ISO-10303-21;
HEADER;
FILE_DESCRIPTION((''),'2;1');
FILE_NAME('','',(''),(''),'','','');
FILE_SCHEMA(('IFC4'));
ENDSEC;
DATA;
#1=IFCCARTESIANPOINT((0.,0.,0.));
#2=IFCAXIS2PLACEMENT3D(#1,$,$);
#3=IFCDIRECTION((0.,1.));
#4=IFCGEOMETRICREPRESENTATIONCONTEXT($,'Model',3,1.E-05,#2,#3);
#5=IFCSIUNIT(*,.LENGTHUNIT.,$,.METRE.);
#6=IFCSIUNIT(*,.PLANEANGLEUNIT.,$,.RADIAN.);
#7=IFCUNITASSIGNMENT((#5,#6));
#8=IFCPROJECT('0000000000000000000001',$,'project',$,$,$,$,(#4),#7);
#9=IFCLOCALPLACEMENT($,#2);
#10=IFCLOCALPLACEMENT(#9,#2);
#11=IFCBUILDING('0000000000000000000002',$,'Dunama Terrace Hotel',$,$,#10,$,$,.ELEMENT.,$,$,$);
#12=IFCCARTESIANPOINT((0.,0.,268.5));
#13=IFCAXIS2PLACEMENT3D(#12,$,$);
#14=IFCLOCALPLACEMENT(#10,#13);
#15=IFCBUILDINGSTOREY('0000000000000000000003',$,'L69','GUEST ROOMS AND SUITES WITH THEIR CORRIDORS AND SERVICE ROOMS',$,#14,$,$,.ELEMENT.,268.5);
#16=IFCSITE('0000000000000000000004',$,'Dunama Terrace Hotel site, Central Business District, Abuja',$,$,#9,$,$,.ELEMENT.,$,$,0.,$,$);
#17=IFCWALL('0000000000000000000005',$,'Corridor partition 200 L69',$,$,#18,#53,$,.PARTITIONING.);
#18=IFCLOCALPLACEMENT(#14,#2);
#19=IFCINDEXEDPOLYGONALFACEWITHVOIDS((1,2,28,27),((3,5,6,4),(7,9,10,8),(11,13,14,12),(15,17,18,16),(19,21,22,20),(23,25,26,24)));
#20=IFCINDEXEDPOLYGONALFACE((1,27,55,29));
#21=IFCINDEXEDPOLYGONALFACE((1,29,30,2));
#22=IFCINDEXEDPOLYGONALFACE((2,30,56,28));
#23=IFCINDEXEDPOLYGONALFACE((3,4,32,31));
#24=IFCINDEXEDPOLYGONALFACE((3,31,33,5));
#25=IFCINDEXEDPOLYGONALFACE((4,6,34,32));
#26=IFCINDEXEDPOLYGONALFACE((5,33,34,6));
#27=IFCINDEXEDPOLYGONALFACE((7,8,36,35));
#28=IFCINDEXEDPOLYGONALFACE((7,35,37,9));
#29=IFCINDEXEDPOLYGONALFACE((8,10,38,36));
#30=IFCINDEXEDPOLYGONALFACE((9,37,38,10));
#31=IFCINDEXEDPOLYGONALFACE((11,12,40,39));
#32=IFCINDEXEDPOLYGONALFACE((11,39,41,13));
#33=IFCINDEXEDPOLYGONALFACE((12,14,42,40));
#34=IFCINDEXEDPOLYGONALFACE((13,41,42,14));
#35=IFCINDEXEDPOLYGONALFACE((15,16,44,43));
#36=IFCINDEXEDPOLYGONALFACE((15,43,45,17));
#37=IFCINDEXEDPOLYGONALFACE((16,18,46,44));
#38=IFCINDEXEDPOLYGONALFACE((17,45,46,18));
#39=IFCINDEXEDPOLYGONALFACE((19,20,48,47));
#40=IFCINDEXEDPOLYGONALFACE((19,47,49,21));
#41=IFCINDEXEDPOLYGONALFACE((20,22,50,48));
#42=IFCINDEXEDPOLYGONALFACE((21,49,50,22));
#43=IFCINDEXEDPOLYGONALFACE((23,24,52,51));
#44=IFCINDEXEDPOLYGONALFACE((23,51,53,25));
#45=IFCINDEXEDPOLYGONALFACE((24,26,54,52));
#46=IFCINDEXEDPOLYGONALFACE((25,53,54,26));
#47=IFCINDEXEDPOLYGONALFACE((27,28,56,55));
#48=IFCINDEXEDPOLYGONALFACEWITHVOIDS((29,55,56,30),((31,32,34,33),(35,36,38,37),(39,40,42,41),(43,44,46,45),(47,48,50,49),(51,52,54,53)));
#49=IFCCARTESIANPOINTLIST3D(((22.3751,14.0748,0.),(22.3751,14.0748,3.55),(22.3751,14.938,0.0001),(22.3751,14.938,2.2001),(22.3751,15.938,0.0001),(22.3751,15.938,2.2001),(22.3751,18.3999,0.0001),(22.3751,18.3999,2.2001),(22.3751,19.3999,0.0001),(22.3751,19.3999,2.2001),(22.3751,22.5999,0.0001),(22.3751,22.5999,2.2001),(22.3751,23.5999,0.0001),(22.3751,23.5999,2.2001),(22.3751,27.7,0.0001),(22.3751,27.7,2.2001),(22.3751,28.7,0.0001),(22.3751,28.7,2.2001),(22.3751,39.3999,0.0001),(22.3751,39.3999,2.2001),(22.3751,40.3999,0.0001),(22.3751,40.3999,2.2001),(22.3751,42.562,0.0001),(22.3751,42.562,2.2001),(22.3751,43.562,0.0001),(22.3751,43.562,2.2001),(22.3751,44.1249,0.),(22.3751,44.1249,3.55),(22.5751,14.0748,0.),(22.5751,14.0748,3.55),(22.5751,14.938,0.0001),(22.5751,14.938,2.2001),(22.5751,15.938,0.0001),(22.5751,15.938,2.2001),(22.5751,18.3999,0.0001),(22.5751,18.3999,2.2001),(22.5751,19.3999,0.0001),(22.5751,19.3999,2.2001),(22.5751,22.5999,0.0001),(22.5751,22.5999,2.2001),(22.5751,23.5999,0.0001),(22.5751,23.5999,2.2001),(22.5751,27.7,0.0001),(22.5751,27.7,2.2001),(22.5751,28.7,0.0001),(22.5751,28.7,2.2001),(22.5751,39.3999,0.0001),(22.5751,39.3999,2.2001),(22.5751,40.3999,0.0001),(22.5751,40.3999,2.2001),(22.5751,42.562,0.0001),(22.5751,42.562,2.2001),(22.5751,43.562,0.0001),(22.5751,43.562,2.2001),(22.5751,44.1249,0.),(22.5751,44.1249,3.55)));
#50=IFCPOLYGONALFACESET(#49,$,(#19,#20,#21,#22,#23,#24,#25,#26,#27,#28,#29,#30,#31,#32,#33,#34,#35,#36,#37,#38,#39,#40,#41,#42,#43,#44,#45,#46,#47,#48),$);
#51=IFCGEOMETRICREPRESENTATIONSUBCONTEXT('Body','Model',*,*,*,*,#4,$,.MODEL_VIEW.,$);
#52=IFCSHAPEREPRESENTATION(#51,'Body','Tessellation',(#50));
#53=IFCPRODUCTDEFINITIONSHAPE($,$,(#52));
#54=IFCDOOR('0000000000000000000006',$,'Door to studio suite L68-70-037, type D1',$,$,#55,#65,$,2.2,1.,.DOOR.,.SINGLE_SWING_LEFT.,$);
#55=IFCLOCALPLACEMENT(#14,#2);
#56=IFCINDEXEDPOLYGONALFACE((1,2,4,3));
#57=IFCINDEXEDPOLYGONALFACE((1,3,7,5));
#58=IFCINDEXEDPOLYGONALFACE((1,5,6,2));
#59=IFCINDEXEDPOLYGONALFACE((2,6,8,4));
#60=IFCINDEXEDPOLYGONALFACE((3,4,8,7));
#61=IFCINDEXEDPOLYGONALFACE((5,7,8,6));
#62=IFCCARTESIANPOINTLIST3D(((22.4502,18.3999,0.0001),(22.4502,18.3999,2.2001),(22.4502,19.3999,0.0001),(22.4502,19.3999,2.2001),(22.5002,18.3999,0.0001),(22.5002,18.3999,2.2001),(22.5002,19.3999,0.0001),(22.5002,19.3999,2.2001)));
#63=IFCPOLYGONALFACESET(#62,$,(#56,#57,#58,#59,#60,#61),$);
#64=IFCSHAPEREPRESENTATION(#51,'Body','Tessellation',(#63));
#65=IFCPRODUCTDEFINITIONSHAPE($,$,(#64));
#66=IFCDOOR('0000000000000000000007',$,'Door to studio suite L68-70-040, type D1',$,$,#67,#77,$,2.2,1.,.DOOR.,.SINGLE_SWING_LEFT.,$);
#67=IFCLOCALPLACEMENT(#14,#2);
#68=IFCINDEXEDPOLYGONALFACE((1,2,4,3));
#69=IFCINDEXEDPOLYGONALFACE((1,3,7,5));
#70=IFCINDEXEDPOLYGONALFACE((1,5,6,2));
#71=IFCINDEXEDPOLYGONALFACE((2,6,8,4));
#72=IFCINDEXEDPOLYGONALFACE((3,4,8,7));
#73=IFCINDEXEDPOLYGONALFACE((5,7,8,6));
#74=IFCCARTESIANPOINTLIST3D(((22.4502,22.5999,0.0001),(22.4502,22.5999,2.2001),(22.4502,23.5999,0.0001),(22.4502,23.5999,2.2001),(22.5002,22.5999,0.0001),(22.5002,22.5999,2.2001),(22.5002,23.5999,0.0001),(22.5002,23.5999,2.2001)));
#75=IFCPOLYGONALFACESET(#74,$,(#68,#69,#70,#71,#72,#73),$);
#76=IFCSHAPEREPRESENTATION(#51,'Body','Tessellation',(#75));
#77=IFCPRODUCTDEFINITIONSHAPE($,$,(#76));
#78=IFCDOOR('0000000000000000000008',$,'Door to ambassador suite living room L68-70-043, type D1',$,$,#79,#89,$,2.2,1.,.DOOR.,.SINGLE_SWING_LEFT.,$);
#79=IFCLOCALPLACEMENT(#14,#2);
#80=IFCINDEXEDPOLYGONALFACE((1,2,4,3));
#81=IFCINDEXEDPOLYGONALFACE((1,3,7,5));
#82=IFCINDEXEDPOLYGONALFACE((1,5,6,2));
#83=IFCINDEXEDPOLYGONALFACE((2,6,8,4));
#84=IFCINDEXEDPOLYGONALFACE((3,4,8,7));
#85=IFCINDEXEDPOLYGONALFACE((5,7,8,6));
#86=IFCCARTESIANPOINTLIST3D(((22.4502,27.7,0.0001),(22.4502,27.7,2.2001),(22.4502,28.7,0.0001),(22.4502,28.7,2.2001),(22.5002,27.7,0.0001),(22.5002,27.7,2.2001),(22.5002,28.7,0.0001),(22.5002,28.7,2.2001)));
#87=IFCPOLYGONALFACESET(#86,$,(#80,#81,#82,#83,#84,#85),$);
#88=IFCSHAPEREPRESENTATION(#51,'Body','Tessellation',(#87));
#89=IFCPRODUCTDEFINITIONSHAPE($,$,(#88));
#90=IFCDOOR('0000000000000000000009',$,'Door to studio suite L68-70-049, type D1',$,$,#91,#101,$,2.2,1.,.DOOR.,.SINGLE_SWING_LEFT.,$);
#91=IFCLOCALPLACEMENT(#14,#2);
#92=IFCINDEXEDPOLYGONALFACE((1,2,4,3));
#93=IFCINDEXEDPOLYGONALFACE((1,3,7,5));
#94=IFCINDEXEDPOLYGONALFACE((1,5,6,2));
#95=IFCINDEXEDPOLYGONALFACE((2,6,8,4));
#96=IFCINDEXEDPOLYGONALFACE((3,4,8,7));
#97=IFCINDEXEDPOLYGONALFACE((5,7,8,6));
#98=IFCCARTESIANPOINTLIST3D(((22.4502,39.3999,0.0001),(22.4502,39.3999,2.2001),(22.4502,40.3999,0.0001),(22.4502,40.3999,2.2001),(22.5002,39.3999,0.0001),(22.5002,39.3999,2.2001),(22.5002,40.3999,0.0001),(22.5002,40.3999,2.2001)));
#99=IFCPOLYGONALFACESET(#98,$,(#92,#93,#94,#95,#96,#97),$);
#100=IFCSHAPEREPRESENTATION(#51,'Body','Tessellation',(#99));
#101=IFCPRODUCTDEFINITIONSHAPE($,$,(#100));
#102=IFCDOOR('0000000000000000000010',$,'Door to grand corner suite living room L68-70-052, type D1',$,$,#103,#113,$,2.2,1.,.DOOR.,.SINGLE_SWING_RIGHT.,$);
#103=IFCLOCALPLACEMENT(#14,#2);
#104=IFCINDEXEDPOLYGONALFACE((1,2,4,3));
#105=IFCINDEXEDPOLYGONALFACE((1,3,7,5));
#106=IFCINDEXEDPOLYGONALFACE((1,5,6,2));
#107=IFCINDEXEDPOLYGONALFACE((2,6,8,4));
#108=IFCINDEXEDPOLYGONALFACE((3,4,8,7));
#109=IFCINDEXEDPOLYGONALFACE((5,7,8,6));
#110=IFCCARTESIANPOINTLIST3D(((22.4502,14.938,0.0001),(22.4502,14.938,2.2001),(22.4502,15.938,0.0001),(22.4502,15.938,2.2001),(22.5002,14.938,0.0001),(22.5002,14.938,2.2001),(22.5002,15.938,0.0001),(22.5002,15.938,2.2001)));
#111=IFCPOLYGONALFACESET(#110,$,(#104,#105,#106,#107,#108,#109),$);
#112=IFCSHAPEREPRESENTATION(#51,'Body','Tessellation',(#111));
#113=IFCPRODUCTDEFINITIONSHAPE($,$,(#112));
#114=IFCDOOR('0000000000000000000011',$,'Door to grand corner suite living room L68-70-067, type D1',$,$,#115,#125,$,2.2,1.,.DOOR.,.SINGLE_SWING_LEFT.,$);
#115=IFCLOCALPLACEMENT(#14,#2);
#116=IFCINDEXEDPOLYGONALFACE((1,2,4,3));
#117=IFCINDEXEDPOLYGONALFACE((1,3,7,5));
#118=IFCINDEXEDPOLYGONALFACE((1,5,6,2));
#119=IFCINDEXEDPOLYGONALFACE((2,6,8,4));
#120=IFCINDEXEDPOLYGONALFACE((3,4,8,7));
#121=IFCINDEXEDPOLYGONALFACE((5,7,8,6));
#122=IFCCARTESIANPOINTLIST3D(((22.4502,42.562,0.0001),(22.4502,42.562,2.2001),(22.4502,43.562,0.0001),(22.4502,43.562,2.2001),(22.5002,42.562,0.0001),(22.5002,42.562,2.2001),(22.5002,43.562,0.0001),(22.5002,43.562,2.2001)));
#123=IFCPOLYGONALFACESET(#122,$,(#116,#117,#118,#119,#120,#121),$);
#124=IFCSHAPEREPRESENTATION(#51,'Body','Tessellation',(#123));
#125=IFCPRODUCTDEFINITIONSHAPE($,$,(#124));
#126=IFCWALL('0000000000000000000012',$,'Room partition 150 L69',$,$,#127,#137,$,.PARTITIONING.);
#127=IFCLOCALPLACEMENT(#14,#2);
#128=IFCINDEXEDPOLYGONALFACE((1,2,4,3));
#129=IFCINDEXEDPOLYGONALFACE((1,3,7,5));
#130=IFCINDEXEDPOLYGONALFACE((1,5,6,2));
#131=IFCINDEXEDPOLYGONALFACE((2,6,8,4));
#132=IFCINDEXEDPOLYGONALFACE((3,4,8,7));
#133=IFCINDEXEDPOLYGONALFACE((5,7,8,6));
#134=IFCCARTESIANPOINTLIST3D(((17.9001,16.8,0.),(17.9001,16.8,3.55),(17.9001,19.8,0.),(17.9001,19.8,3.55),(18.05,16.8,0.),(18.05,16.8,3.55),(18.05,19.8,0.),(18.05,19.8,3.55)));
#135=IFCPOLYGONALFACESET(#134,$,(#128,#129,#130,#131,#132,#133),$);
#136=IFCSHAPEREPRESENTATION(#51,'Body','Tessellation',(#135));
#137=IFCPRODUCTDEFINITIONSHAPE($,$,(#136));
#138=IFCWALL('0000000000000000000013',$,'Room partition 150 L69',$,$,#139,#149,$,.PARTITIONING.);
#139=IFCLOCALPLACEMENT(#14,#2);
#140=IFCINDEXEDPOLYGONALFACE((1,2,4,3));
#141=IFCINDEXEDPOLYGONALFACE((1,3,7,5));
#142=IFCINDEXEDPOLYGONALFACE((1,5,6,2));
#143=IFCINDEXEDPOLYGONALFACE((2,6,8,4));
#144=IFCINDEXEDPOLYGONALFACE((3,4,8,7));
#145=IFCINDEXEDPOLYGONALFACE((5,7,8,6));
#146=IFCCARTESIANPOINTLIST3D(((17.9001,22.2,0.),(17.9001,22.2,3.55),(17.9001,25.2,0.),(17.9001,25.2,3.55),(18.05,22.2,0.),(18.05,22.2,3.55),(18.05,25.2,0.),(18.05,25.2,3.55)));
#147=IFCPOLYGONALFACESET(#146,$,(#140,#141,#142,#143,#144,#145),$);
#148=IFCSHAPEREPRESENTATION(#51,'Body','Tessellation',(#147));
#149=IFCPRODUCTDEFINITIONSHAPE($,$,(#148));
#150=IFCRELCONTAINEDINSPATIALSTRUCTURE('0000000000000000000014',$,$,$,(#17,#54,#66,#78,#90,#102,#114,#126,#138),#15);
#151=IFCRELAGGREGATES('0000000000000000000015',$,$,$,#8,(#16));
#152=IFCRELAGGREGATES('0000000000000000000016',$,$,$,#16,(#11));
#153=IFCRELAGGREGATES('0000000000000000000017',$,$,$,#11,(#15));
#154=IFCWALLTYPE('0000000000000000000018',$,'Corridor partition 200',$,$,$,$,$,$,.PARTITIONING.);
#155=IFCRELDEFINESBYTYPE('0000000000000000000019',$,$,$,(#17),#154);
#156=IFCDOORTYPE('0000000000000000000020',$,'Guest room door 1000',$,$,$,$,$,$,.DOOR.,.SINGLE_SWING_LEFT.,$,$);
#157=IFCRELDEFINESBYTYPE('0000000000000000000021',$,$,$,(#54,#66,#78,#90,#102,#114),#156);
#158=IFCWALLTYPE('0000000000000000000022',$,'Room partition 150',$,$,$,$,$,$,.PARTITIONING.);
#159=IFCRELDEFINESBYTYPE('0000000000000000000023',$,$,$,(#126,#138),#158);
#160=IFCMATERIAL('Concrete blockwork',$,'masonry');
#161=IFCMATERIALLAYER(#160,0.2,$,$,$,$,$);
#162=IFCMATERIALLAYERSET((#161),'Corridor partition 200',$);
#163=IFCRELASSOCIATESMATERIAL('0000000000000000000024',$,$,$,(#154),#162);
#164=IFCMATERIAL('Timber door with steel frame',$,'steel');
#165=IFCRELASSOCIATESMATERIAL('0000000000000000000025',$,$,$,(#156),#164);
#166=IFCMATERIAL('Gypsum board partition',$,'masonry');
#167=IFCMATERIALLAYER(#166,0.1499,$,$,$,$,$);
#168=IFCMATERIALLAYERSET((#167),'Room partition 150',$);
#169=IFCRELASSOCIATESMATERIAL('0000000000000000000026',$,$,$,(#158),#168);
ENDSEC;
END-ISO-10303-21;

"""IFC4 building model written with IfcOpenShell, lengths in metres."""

from ifc_helpers import new_model, si_unit, direction, frame, frame_2d, origin, place, context, subcontext, project, spatial, rectangle, extrude, material, layer, layer_set, type_object, element, fill, save


model = new_model("IFC4")

# Units and contexts
model_context = context("Model", 3, precision=1e-05, world=origin(), true_north=direction((0.0, 1.0)))
body_context = subcontext(model_context, "Body", "Model", "MODEL_VIEW")
ifc_project = project(units=[si_unit("LENGTHUNIT", "METRE"), si_unit("PLANEANGLEUNIT", "RADIAN")], contexts=[model_context])

# Site, building, storey
site_placement = place(None, origin())
site = spatial("IfcSite", under=ifc_project, at=site_placement, Name="Dunama Terrace Hotel site, Central Business District, Abuja", CompositionType="ELEMENT", RefElevation=0.0)
building_placement = place(site_placement, origin())
building = spatial("IfcBuilding", under=site, at=building_placement, Name="Dunama Terrace Hotel", CompositionType="ELEMENT")
storey_placement = place(building_placement, frame((0.0, 0.0, 268.5)))
storey = spatial("IfcBuildingStorey", under=building, at=storey_placement, Name="L69", Description="GUEST ROOMS AND SUITES WITH THEIR CORRIDORS AND SERVICE ROOMS", CompositionType="ELEMENT", Elevation=268.5)

# Wall, openings, doors
ifc_material_1 = material(Name="Concrete blockwork", Category="masonry")
ifc_layer_1 = layer(ifc_material_1, 0.2)
ifc_layer_set_1 = layer_set([ifc_layer_1], Name="Corridor partition 200")
wall_type_1 = type_object("IfcWallType", Name="Corridor partition 200", PredefinedType="PARTITIONING", material=ifc_layer_set_1)
wall_1_placement = place(storey_placement, frame((22.4751, 14.075, 0.0), z_axis=(0.0, 0.0, 1.0), x_axis=(0.0, 1.0, 0.0)))
wall_1 = element("IfcWall", 1, at=wall_1_placement, inside=storey, type_object=wall_type_1, Name="Corridor partition 200 L69", PredefinedType="PARTITIONING", context=body_context, shape_type="SweptSolid", body=[
    extrude(rectangle(XDim=30.05, YDim=0.2, at=frame_2d((15.0249, 0.0))), origin(), (0.0, 0.0, 1.0), 3.55),
])
opening_1_placement = place(wall_1_placement, frame((4.325, 0.0, 0.0)))
opening_1 = element("IfcOpeningElement", 2, at=opening_1_placement, cuts=wall_1, PredefinedType="OPENING", context=body_context, shape_type="SweptSolid", body=[
    extrude(rectangle(XDim=1.0, YDim=2.2, at=frame_2d((0.5, 1.1001))), frame((0.0, 0.1099, 0.0), z_axis=(0.0, -1.0, 0.0), x_axis=(1.0, 0.0, 0.0)), (0.0, 0.0, 1.0), 0.22),
])
opening_2_placement = place(wall_1_placement, frame((8.5249, 0.0, 0.0)))
opening_2 = element("IfcOpeningElement", 3, at=opening_2_placement, cuts=wall_1, PredefinedType="OPENING", context=body_context, shape_type="SweptSolid", body=[
    extrude(rectangle(XDim=1.0, YDim=2.2, at=frame_2d((0.5, 1.1001))), frame((0.0, 0.1099, 0.0), z_axis=(0.0, -1.0, 0.0), x_axis=(1.0, 0.0, 0.0)), (0.0, 0.0, 1.0), 0.22),
])
opening_3_placement = place(wall_1_placement, frame((13.625, 0.0, 0.0)))
opening_3 = element("IfcOpeningElement", 4, at=opening_3_placement, cuts=wall_1, PredefinedType="OPENING", context=body_context, shape_type="SweptSolid", body=[
    extrude(rectangle(XDim=1.0, YDim=2.2, at=frame_2d((0.5, 1.1001))), frame((0.0, 0.1099, 0.0), z_axis=(0.0, -1.0, 0.0), x_axis=(1.0, 0.0, 0.0)), (0.0, 0.0, 1.0), 0.22),
])
opening_4_placement = place(wall_1_placement, frame((25.325, 0.0, 0.0)))
opening_4 = element("IfcOpeningElement", 5, at=opening_4_placement, cuts=wall_1, PredefinedType="OPENING", context=body_context, shape_type="SweptSolid", body=[
    extrude(rectangle(XDim=1.0, YDim=2.2, at=frame_2d((0.5, 1.1001))), frame((0.0, 0.1099, 0.0), z_axis=(0.0, -1.0, 0.0), x_axis=(1.0, 0.0, 0.0)), (0.0, 0.0, 1.0), 0.22),
])
opening_5_placement = place(wall_1_placement, frame((0.863, 0.0, 0.0)))
opening_5 = element("IfcOpeningElement", 6, at=opening_5_placement, cuts=wall_1, PredefinedType="OPENING", context=body_context, shape_type="SweptSolid", body=[
    extrude(rectangle(XDim=1.0, YDim=2.2, at=frame_2d((0.5, 1.1001))), frame((0.0, 0.1099, 0.0), z_axis=(0.0, -1.0, 0.0), x_axis=(1.0, 0.0, 0.0)), (0.0, 0.0, 1.0), 0.22),
])
opening_6_placement = place(wall_1_placement, frame((28.4871, 0.0, 0.0)))
opening_6 = element("IfcOpeningElement", 7, at=opening_6_placement, cuts=wall_1, PredefinedType="OPENING", context=body_context, shape_type="SweptSolid", body=[
    extrude(rectangle(XDim=1.0, YDim=2.2, at=frame_2d((0.5, 1.1001))), frame((0.0, 0.1099, 0.0), z_axis=(0.0, -1.0, 0.0), x_axis=(1.0, 0.0, 0.0)), (0.0, 0.0, 1.0), 0.22),
])
ifc_material_2 = material(Name="Timber door with steel frame", Category="steel")
door_type_1 = type_object("IfcDoorType", Name="Guest room door 1000", OperationType="SINGLE_SWING_LEFT", PredefinedType="DOOR", material=ifc_material_2)
door_1_placement = place(opening_1_placement, origin())
door_1 = element("IfcDoor", 8, at=door_1_placement, inside=storey, type_object=door_type_1, Name="Door to studio suite L68-70-037, type D1", OperationType="SINGLE_SWING_LEFT", OverallHeight=2.2, OverallWidth=1.0, PredefinedType="DOOR", context=body_context, shape_type="SweptSolid", body=[
    extrude(rectangle(XDim=1.0, YDim=2.2, at=frame_2d((0.5, 1.1001))), frame((0.0, 0.0249, 0.0), z_axis=(0.0, -1.0, 0.0), x_axis=(1.0, 0.0, 0.0)), (0.0, 0.0, 1.0), 0.05),
])
fill(opening_1, door_1)
door_2_placement = place(opening_2_placement, origin())
door_2 = element("IfcDoor", 9, at=door_2_placement, inside=storey, type_object=door_type_1, Name="Door to studio suite L68-70-040, type D1", OperationType="SINGLE_SWING_LEFT", OverallHeight=2.2, OverallWidth=1.0, PredefinedType="DOOR", context=body_context, shape_type="SweptSolid", body=[
    extrude(rectangle(XDim=1.0, YDim=2.2, at=frame_2d((0.5, 1.1001))), frame((0.0, 0.0249, 0.0), z_axis=(0.0, -1.0, 0.0), x_axis=(1.0, 0.0, 0.0)), (0.0, 0.0, 1.0), 0.05),
])
fill(opening_2, door_2)
door_3_placement = place(opening_3_placement, origin())
door_3 = element("IfcDoor", 10, at=door_3_placement, inside=storey, type_object=door_type_1, Name="Door to ambassador suite living room L68-70-043, type D1", OperationType="SINGLE_SWING_LEFT", OverallHeight=2.2, OverallWidth=1.0, PredefinedType="DOOR", context=body_context, shape_type="SweptSolid", body=[
    extrude(rectangle(XDim=1.0, YDim=2.2, at=frame_2d((0.5, 1.1001))), frame((0.0, 0.0249, 0.0), z_axis=(0.0, -1.0, 0.0), x_axis=(1.0, 0.0, 0.0)), (0.0, 0.0, 1.0), 0.05),
])
fill(opening_3, door_3)
door_4_placement = place(opening_4_placement, origin())
door_4 = element("IfcDoor", 11, at=door_4_placement, inside=storey, type_object=door_type_1, Name="Door to studio suite L68-70-049, type D1", OperationType="SINGLE_SWING_LEFT", OverallHeight=2.2, OverallWidth=1.0, PredefinedType="DOOR", context=body_context, shape_type="SweptSolid", body=[
    extrude(rectangle(XDim=1.0, YDim=2.2, at=frame_2d((0.5, 1.1001))), frame((0.0, 0.0249, 0.0), z_axis=(0.0, -1.0, 0.0), x_axis=(1.0, 0.0, 0.0)), (0.0, 0.0, 1.0), 0.05),
])
fill(opening_4, door_4)
door_5_placement = place(opening_5_placement, origin())
door_5 = element("IfcDoor", 12, at=door_5_placement, inside=storey, type_object=door_type_1, Name="Door to grand corner suite living room L68-70-052, type D1", OperationType="SINGLE_SWING_RIGHT", OverallHeight=2.2, OverallWidth=1.0, PredefinedType="DOOR", context=body_context, shape_type="SweptSolid", body=[
    extrude(rectangle(XDim=1.0, YDim=2.2, at=frame_2d((0.5, 1.1001))), frame((0.0, 0.0249, 0.0), z_axis=(0.0, -1.0, 0.0), x_axis=(1.0, 0.0, 0.0)), (0.0, 0.0, 1.0), 0.05),
])
fill(opening_5, door_5)
door_6_placement = place(opening_6_placement, origin())
door_6 = element("IfcDoor", 13, at=door_6_placement, inside=storey, type_object=door_type_1, Name="Door to grand corner suite living room L68-70-067, type D1", OperationType="SINGLE_SWING_LEFT", OverallHeight=2.2, OverallWidth=1.0, PredefinedType="DOOR", context=body_context, shape_type="SweptSolid", body=[
    extrude(rectangle(XDim=1.0, YDim=2.2, at=frame_2d((0.5, 1.1001))), frame((0.0, 0.0249, 0.0), z_axis=(0.0, -1.0, 0.0), x_axis=(1.0, 0.0, 0.0)), (0.0, 0.0, 1.0), 0.05),
])
fill(opening_6, door_6)

# Walls
ifc_material_3 = material(Name="Gypsum board partition", Category="masonry")
ifc_layer_2 = layer(ifc_material_3, 0.1499)
ifc_layer_set_2 = layer_set([ifc_layer_2], Name="Room partition 150")
wall_type_2 = type_object("IfcWallType", Name="Room partition 150", PredefinedType="PARTITIONING", material=ifc_layer_set_2)
for number, where, z_axis, x_axis, name in (
    (14, (17.9751, 16.8, 0.0), (0.0, 0.0, 1.0), (0.0, 1.0, 0.0), "Room partition 150 L69"),
    (15, (17.9751, 22.2, 0.0), (0.0, 0.0, 1.0), (0.0, 1.0, 0.0), "Room partition 150 L69"),
):
    element("IfcWall", number, at=place(storey_placement, frame(where, z_axis=z_axis, x_axis=x_axis)), inside=storey, type_object=wall_type_2, Name=name, PredefinedType="PARTITIONING", context=body_context, shape_type="SweptSolid", body=[
        extrude(rectangle(XDim=3.0, YDim=0.1499, at=frame_2d((1.5, 0.0))), origin(), (0.0, 0.0, 1.0), 3.55),
    ])

save(model, "model.ifc")
